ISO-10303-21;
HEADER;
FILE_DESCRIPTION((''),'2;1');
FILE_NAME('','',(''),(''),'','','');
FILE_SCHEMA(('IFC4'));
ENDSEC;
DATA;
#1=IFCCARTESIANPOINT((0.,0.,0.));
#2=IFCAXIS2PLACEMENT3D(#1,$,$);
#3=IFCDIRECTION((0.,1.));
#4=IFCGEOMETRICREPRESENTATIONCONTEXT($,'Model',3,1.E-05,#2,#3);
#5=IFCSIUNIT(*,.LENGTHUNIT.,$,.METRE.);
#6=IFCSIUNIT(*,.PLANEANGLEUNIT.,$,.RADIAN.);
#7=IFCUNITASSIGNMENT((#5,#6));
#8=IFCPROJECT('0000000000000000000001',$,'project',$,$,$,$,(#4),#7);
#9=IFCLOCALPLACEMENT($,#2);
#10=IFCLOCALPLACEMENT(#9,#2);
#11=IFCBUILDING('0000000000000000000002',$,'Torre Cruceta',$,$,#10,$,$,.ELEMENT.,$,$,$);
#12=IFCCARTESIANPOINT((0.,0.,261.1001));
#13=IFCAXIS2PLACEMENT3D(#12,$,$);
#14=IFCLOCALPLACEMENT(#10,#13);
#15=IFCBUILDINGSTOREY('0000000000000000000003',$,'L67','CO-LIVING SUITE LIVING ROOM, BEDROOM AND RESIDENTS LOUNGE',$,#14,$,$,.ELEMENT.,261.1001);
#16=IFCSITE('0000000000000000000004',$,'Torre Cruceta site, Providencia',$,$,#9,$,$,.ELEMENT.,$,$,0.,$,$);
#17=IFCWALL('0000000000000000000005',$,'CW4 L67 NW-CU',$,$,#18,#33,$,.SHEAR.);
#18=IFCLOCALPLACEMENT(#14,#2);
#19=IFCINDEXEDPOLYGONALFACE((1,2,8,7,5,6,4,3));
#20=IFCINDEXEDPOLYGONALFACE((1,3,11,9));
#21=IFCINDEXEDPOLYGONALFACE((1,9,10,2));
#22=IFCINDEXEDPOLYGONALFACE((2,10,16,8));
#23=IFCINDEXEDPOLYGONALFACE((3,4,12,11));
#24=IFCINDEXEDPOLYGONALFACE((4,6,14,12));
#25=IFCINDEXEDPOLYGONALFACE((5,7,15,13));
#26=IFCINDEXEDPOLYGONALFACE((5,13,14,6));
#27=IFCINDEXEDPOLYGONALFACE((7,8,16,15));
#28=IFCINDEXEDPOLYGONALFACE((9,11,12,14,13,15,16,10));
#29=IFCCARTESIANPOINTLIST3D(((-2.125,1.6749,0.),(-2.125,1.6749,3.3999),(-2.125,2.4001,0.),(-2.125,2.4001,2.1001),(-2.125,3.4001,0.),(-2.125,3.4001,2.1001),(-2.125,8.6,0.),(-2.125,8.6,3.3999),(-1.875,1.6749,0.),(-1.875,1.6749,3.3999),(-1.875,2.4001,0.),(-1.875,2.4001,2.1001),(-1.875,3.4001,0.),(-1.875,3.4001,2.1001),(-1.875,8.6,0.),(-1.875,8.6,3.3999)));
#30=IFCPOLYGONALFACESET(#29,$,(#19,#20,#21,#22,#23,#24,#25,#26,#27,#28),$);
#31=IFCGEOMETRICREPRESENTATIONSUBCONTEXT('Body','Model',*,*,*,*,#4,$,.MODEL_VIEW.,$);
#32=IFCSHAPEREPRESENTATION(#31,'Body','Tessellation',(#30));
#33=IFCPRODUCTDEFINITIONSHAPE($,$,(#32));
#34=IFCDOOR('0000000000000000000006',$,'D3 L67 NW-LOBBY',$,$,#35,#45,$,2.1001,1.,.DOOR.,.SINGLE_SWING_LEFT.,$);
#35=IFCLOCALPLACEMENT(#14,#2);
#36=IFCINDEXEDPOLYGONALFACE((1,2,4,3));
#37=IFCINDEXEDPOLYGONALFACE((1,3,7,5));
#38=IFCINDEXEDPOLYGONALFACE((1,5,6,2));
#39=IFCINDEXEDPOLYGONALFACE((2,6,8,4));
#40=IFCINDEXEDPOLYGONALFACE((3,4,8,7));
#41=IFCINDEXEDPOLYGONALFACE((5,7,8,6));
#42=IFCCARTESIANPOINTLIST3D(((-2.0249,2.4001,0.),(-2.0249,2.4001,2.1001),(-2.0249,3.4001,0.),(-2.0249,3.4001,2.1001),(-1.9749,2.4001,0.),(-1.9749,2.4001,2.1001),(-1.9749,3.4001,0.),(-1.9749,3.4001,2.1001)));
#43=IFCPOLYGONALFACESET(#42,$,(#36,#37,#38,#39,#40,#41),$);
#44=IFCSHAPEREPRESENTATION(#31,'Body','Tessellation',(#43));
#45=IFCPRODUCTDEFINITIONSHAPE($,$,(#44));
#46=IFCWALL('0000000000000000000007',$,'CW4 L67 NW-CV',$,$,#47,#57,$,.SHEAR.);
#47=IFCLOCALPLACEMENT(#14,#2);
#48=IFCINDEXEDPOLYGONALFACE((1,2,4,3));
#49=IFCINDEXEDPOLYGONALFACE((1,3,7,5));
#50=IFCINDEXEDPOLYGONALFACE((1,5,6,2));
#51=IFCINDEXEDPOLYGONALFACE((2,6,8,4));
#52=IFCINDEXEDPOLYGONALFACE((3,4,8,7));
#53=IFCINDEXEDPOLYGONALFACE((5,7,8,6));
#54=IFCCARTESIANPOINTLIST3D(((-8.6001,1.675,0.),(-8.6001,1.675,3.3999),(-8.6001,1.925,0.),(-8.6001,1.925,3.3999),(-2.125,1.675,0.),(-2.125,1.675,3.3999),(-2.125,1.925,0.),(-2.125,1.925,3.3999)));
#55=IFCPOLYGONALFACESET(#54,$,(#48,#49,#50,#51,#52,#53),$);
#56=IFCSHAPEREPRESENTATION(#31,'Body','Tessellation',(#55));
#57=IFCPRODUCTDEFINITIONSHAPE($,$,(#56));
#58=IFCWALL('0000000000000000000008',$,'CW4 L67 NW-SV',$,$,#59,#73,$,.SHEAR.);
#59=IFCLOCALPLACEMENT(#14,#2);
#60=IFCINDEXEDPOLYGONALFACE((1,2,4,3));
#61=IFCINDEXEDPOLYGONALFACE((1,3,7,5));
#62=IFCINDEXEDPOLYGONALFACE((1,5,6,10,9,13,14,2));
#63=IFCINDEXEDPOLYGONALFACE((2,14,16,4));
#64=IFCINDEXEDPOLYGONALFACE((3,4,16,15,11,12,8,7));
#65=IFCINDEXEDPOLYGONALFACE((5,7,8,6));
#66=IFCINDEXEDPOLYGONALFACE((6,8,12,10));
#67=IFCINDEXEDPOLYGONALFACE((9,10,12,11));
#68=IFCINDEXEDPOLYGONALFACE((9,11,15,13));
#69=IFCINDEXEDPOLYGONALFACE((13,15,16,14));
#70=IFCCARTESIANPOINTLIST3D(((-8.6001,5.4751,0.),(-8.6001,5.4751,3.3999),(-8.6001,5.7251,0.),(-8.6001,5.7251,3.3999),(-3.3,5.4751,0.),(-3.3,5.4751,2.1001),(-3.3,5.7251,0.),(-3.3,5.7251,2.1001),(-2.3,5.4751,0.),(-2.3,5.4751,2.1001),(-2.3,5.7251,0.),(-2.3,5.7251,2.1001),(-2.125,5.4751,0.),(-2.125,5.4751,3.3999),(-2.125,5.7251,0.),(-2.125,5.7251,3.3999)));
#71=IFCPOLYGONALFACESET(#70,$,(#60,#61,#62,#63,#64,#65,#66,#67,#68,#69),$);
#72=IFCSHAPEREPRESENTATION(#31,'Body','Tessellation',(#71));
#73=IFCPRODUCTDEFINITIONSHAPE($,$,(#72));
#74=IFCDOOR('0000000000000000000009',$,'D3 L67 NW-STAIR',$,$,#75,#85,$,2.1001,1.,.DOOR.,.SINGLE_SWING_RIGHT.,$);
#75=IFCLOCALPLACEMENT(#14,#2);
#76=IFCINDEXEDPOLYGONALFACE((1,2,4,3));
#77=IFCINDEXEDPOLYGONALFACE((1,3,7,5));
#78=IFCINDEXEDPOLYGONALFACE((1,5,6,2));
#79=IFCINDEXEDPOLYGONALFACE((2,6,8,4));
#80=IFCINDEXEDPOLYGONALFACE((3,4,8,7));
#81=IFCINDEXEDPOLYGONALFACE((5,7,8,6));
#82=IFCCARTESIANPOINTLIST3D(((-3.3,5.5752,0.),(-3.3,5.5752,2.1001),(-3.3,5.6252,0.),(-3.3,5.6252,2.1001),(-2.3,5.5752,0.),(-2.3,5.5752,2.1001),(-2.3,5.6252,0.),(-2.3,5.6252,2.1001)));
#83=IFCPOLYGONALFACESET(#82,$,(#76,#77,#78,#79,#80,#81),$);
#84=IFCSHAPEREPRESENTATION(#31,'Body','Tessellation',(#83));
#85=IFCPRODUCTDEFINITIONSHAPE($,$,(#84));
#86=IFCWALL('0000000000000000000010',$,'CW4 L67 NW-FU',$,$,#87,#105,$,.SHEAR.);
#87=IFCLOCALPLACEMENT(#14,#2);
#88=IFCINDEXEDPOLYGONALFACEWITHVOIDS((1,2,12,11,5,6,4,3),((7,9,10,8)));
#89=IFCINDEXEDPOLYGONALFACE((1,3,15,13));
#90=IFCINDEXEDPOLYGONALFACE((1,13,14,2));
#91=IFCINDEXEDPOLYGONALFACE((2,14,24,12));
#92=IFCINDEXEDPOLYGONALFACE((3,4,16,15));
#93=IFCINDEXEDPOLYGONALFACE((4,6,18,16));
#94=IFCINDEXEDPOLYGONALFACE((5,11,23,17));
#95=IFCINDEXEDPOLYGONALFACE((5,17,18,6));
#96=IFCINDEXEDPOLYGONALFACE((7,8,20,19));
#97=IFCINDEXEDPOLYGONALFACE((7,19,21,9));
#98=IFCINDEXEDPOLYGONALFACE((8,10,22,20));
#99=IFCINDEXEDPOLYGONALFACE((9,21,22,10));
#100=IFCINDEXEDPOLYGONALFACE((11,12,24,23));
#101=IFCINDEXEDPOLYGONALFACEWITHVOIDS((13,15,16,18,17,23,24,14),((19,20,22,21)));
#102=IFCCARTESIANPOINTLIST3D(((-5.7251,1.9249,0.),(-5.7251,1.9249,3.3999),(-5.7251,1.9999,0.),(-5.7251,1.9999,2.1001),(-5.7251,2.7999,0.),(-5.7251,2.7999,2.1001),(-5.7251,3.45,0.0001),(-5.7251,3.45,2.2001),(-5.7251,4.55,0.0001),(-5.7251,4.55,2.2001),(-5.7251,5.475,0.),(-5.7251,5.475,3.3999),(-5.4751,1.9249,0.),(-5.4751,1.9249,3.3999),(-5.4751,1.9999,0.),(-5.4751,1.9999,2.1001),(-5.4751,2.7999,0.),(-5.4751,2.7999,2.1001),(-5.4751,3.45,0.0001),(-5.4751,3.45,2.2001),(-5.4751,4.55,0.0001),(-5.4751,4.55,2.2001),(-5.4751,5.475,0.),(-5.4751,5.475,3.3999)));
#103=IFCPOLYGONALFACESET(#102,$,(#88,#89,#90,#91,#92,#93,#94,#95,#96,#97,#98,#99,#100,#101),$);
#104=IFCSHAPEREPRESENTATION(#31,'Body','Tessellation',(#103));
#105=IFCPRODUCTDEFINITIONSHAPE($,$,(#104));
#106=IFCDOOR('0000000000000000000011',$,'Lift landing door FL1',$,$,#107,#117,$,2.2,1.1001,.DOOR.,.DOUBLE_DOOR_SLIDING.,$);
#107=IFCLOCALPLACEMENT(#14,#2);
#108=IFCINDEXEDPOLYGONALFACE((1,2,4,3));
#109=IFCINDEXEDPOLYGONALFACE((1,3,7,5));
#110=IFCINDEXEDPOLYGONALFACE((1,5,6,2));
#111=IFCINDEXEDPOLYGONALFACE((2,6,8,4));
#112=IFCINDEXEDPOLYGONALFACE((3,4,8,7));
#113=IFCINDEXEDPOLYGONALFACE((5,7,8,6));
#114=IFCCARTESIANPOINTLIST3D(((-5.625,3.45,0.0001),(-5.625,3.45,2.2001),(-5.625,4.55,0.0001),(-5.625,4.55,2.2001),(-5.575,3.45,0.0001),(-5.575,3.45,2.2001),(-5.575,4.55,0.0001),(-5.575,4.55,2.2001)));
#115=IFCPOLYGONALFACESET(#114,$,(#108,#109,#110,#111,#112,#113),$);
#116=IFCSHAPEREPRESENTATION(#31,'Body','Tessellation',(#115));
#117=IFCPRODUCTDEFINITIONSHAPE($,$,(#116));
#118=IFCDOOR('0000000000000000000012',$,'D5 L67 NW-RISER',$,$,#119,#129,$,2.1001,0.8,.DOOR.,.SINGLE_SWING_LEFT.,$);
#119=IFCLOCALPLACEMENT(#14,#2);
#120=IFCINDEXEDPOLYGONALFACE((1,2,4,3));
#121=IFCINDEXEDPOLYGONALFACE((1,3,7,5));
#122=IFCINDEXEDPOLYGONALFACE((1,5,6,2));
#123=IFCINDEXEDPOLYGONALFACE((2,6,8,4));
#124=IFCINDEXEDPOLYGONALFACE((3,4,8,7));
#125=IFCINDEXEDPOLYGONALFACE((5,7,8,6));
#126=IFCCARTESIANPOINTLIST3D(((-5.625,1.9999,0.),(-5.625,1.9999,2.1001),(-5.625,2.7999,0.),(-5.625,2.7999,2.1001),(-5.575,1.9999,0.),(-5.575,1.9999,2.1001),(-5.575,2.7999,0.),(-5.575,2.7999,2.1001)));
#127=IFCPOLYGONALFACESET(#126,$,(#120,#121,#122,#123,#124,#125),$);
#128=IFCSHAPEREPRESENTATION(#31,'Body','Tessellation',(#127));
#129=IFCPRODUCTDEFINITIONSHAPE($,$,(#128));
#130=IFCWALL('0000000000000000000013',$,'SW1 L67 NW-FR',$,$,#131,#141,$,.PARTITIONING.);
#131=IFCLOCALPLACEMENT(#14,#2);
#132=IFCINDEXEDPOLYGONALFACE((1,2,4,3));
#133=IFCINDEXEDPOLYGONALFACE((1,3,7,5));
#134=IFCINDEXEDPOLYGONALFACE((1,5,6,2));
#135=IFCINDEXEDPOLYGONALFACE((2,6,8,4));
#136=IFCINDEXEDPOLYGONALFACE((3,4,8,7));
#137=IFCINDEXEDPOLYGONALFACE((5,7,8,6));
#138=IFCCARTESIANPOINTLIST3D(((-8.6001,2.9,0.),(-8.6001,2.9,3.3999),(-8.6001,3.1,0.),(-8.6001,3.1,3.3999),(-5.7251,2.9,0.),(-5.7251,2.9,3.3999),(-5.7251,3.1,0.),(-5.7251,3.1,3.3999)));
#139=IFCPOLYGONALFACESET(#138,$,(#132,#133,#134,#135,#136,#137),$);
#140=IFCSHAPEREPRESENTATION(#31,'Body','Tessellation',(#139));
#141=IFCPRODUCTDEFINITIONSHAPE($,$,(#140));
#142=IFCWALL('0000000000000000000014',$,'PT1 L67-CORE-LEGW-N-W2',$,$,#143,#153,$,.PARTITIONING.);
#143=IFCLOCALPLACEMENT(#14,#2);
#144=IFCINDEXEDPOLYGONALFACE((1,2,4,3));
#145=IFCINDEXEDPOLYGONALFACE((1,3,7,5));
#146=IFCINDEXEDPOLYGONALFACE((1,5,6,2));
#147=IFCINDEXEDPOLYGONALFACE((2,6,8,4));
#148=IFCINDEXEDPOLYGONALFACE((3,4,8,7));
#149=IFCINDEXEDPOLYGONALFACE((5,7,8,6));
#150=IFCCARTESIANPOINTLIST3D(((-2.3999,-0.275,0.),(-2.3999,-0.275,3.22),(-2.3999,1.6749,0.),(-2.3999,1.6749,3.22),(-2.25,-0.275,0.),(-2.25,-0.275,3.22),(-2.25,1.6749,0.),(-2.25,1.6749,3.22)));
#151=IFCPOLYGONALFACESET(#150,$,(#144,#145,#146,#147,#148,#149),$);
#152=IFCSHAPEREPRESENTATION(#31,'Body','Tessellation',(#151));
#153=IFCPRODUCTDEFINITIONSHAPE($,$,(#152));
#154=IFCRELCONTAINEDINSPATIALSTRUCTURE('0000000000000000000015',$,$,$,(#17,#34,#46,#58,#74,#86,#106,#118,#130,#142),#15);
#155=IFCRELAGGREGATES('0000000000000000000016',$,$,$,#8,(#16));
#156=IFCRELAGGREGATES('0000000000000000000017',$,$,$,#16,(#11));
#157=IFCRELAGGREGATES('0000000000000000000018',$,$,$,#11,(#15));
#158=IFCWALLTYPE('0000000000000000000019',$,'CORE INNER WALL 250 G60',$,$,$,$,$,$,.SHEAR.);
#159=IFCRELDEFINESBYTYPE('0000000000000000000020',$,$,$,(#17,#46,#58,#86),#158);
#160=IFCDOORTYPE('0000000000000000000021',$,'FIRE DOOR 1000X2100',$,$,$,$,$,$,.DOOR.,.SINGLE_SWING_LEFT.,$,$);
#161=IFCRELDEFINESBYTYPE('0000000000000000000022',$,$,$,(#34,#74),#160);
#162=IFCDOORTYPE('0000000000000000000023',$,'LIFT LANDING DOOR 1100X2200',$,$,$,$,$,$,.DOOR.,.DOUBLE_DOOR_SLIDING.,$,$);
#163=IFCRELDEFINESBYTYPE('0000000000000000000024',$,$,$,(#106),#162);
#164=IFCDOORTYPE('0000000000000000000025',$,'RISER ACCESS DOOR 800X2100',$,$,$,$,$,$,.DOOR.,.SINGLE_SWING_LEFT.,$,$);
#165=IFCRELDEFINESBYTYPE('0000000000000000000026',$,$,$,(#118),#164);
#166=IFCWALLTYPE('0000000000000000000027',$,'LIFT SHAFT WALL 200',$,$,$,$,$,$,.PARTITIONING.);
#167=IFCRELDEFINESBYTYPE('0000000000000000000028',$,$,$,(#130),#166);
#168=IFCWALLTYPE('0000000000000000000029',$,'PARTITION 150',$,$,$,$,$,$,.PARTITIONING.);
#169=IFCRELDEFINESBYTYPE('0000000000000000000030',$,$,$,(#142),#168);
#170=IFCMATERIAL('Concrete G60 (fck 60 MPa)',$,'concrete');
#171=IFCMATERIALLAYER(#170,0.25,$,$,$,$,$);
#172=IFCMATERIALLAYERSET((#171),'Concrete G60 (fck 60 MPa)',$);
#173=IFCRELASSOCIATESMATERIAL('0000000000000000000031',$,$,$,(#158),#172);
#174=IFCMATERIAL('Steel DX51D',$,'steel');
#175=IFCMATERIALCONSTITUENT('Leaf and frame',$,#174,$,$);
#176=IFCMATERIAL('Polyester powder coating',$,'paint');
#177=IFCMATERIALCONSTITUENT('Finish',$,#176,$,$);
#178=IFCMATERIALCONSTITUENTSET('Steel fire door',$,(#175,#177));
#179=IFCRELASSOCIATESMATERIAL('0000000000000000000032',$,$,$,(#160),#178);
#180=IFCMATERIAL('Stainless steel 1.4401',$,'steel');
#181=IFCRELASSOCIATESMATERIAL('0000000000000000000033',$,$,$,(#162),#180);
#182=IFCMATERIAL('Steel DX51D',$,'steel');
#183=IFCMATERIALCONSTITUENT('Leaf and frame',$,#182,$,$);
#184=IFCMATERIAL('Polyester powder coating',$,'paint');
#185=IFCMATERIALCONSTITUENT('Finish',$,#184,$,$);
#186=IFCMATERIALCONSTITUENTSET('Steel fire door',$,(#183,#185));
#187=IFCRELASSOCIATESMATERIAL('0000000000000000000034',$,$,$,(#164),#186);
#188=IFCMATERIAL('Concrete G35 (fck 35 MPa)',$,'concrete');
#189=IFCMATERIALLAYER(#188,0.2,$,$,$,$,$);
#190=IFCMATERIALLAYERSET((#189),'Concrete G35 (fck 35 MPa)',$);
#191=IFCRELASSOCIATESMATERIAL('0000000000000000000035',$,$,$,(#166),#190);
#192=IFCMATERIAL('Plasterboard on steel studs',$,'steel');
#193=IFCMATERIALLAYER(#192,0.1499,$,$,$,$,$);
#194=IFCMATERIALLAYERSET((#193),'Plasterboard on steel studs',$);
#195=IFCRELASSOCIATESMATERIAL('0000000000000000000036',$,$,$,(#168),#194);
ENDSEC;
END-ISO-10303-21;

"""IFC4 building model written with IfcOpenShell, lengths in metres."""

from ifc_helpers import new_model, si_unit, direction, frame, frame_2d, origin, place, context, subcontext, project, spatial, rectangle, extrude, material, layer, layer_set, constituent, constituent_set, type_object, element, fill, save


model = new_model("IFC4")

# Units and contexts
model_context = context("Model", 3, precision=1e-05, world=origin(), true_north=direction((0.0, 1.0)))
body_context = subcontext(model_context, "Body", "Model", "MODEL_VIEW")
ifc_project = project(units=[si_unit("LENGTHUNIT", "METRE"), si_unit("PLANEANGLEUNIT", "RADIAN")], contexts=[model_context])

# Site, building, storey
site_placement = place(None, origin())
site = spatial("IfcSite", under=ifc_project, at=site_placement, Name="Torre Cruceta site, Providencia", CompositionType="ELEMENT", RefElevation=0.0)
building_placement = place(site_placement, origin())
building = spatial("IfcBuilding", under=site, at=building_placement, Name="Torre Cruceta", CompositionType="ELEMENT")
storey_placement = place(building_placement, frame((0.0, 0.0, 261.1001)))
storey = spatial("IfcBuildingStorey", under=building, at=storey_placement, Name="L67", Description="CO-LIVING SUITE LIVING ROOM, BEDROOM AND RESIDENTS LOUNGE", CompositionType="ELEMENT", Elevation=261.1001)

# Wall, opening, door
ifc_material_1 = material(Name="Concrete G60 (fck 60 MPa)", Category="concrete")
ifc_layer_1 = layer(ifc_material_1, 0.25)
ifc_layer_set_1 = layer_set([ifc_layer_1], Name="Concrete G60 (fck 60 MPa)")
wall_type_1 = type_object("IfcWallType", Name="CORE INNER WALL 250 G60", PredefinedType="SHEAR", material=ifc_layer_set_1)
wall_1_placement = place(storey_placement, frame((-2.0, 1.675, 0.0), z_axis=(0.0, 0.0, 1.0), x_axis=(0.0, 1.0, 0.0)))
wall_1 = element("IfcWall", 1, at=wall_1_placement, inside=storey, type_object=wall_type_1, Name="CW4 L67 NW-CU", PredefinedType="SHEAR", context=body_context, shape_type="SweptSolid", body=[
    extrude(rectangle(XDim=6.925, YDim=0.25, at=frame_2d((3.4624, 0.0))), origin(), (0.0, 0.0, 1.0), 3.3999),
])
opening_1_placement = place(wall_1_placement, frame((0.7251, 0.0, 0.0)))
opening_1 = element("IfcOpeningElement", 2, at=opening_1_placement, cuts=wall_1, PredefinedType="OPENING", context=body_context, shape_type="SweptSolid", body=[
    extrude(rectangle(XDim=1.0, YDim=2.1001, at=frame_2d((0.5, 1.05))), frame((0.0, 0.135, 0.0), z_axis=(0.0, -1.0, 0.0), x_axis=(1.0, 0.0, 0.0)), (0.0, 0.0, 1.0), 0.27),
])
ifc_material_2 = material(Name="Steel DX51D", Category="steel")
ifc_constituent_1 = constituent(ifc_material_2, Name="Leaf and frame")
ifc_material_3 = material(Name="Polyester powder coating", Category="paint")
ifc_constituent_2 = constituent(ifc_material_3, Name="Finish")
ifc_constituent_set_1 = constituent_set(constituents=[ifc_constituent_1, ifc_constituent_2], Name="Steel fire door")
door_type_1 = type_object("IfcDoorType", Name="FIRE DOOR 1000X2100", OperationType="SINGLE_SWING_LEFT", PredefinedType="DOOR", material=ifc_constituent_set_1)
door_1_placement = place(opening_1_placement, origin())
door_1 = element("IfcDoor", 3, at=door_1_placement, inside=storey, type_object=door_type_1, Name="D3 L67 NW-LOBBY", OperationType="SINGLE_SWING_LEFT", OverallHeight=2.1001, OverallWidth=1.0, PredefinedType="DOOR", context=body_context, shape_type="SweptSolid", body=[
    extrude(rectangle(XDim=1.0, YDim=2.1001, at=frame_2d((0.5, 1.05))), frame((0.0, 0.0249, 0.0), z_axis=(0.0, -1.0, 0.0), x_axis=(1.0, 0.0, 0.0)), (0.0, 0.0, 1.0), 0.05),
])
fill(opening_1, door_1)

# Wall
wall_2_placement = place(storey_placement, frame((-2.125, 1.8, 0.0), z_axis=(0.0, 0.0, 1.0), x_axis=(-1.0, 0.0, 0.0)))
element("IfcWall", 4, at=wall_2_placement, inside=storey, type_object=wall_type_1, Name="CW4 L67 NW-CV", PredefinedType="SHEAR", context=body_context, shape_type="SweptSolid", body=[
    extrude(rectangle(XDim=6.4751, YDim=0.25, at=frame_2d((3.2375, 0.0))), origin(), (0.0, 0.0, 1.0), 3.3999),
])

# Wall, opening, door
wall_3_placement = place(storey_placement, frame((-2.125, 5.6001, 0.0), z_axis=(0.0, 0.0, 1.0), x_axis=(-1.0, 0.0, 0.0)))
wall_3 = element("IfcWall", 5, at=wall_3_placement, inside=storey, type_object=wall_type_1, Name="CW4 L67 NW-SV", PredefinedType="SHEAR", context=body_context, shape_type="SweptSolid", body=[
    extrude(rectangle(XDim=6.4751, YDim=0.25, at=frame_2d((3.2375, 0.0))), origin(), (0.0, 0.0, 1.0), 3.3999),
])
opening_2_placement = place(wall_3_placement, frame((0.175, 0.0, 0.0)))
opening_2 = element("IfcOpeningElement", 6, at=opening_2_placement, cuts=wall_3, PredefinedType="OPENING", context=body_context, shape_type="SweptSolid", body=[
    extrude(rectangle(XDim=1.0, YDim=2.1001, at=frame_2d((0.5, 1.05))), frame((0.0, 0.135, 0.0), z_axis=(0.0, -1.0, 0.0), x_axis=(1.0, 0.0, 0.0)), (0.0, 0.0, 1.0), 0.27),
])
door_2_placement = place(opening_2_placement, frame((1.0, 0.0, 0.0), z_axis=(0.0, 0.0, 1.0), x_axis=(-1.0, 0.0, 0.0)))
door_2 = element("IfcDoor", 7, at=door_2_placement, inside=storey, type_object=door_type_1, Name="D3 L67 NW-STAIR", OperationType="SINGLE_SWING_RIGHT", OverallHeight=2.1001, OverallWidth=1.0, PredefinedType="DOOR", context=body_context, shape_type="SweptSolid", body=[
    extrude(rectangle(XDim=1.0, YDim=2.1001, at=frame_2d((0.5, 1.05))), frame((0.0, 0.0251, 0.0), z_axis=(0.0, -1.0, 0.0), x_axis=(1.0, 0.0, 0.0)), (0.0, 0.0, 1.0), 0.05),
])
fill(opening_2, door_2)

# Wall, openings, doors
wall_4_placement = place(storey_placement, frame((-5.6001, 1.925, 0.0), z_axis=(0.0, 0.0, 1.0), x_axis=(0.0, 1.0, 0.0)))
wall_4 = element("IfcWall", 8, at=wall_4_placement, inside=storey, type_object=wall_type_1, Name="CW4 L67 NW-FU", PredefinedType="SHEAR", context=body_context, shape_type="SweptSolid", body=[
    extrude(rectangle(XDim=3.55, YDim=0.25, at=frame_2d((1.7749, 0.0))), origin(), (0.0, 0.0, 1.0), 3.3999),
])
opening_3_placement = place(wall_4_placement, frame((1.5249, 0.0, 0.0)))
opening_3 = element("IfcOpeningElement", 9, at=opening_3_placement, cuts=wall_4, PredefinedType="OPENING", context=body_context, shape_type="SweptSolid", body=[
    extrude(rectangle(XDim=1.1001, YDim=2.2, at=frame_2d((0.55, 1.1001))), frame((0.0, 0.135, 0.0), z_axis=(0.0, -1.0, 0.0), x_axis=(1.0, 0.0, 0.0)), (0.0, 0.0, 1.0), 0.27),
])
opening_4_placement = place(wall_4_placement, frame((0.075, 0.0, 0.0)))
opening_4 = element("IfcOpeningElement", 10, at=opening_4_placement, cuts=wall_4, PredefinedType="OPENING", context=body_context, shape_type="SweptSolid", body=[
    extrude(rectangle(XDim=0.8, YDim=2.1001, at=frame_2d((0.3999, 1.05))), frame((0.0, 0.135, 0.0), z_axis=(0.0, -1.0, 0.0), x_axis=(1.0, 0.0, 0.0)), (0.0, 0.0, 1.0), 0.27),
])
ifc_material_4 = material(Name="Stainless steel 1.4401", Category="steel")
door_type_2 = type_object("IfcDoorType", Name="LIFT LANDING DOOR 1100X2200", OperationType="DOUBLE_DOOR_SLIDING", PredefinedType="DOOR", material=ifc_material_4)
door_3_placement = place(opening_3_placement, origin())
door_3 = element("IfcDoor", 11, at=door_3_placement, inside=storey, type_object=door_type_2, Name="Lift landing door FL1", OperationType="DOUBLE_DOOR_SLIDING", OverallHeight=2.2, OverallWidth=1.1001, PredefinedType="DOOR", context=body_context, shape_type="SweptSolid", body=[
    extrude(rectangle(XDim=1.1001, YDim=2.2, at=frame_2d((0.55, 1.1001))), frame((0.0, 0.0249, 0.0), z_axis=(0.0, -1.0, 0.0), x_axis=(1.0, 0.0, 0.0)), (0.0, 0.0, 1.0), 0.05),
])
fill(opening_3, door_3)
ifc_material_5 = material(Name="Steel DX51D", Category="steel")
ifc_constituent_3 = constituent(ifc_material_5, Name="Leaf and frame")
ifc_material_6 = material(Name="Polyester powder coating", Category="paint")
ifc_constituent_4 = constituent(ifc_material_6, Name="Finish")
ifc_constituent_set_2 = constituent_set(constituents=[ifc_constituent_3, ifc_constituent_4], Name="Steel fire door")
door_type_3 = type_object("IfcDoorType", Name="RISER ACCESS DOOR 800X2100", OperationType="SINGLE_SWING_LEFT", PredefinedType="DOOR", material=ifc_constituent_set_2)
door_4_placement = place(opening_4_placement, origin())
door_4 = element("IfcDoor", 12, at=door_4_placement, inside=storey, type_object=door_type_3, Name="D5 L67 NW-RISER", OperationType="SINGLE_SWING_LEFT", OverallHeight=2.1001, OverallWidth=0.8, PredefinedType="DOOR", context=body_context, shape_type="SweptSolid", body=[
    extrude(rectangle(XDim=0.8, YDim=2.1001, at=frame_2d((0.3999, 1.05))), frame((0.0, 0.0249, 0.0), z_axis=(0.0, -1.0, 0.0), x_axis=(1.0, 0.0, 0.0)), (0.0, 0.0, 1.0), 0.05),
])
fill(opening_4, door_4)

# Walls
ifc_material_7 = material(Name="Concrete G35 (fck 35 MPa)", Category="concrete")
ifc_layer_2 = layer(ifc_material_7, 0.2)
ifc_layer_set_2 = layer_set([ifc_layer_2], Name="Concrete G35 (fck 35 MPa)")
wall_type_2 = type_object("IfcWallType", Name="LIFT SHAFT WALL 200", PredefinedType="PARTITIONING", material=ifc_layer_set_2)
wall_5_placement = place(storey_placement, frame((-5.7251, 3.0, 0.0), z_axis=(0.0, 0.0, 1.0), x_axis=(-1.0, 0.0, 0.0)))
element("IfcWall", 13, at=wall_5_placement, inside=storey, type_object=wall_type_2, Name="SW1 L67 NW-FR", PredefinedType="PARTITIONING", context=body_context, shape_type="SweptSolid", body=[
    extrude(rectangle(XDim=2.875, YDim=0.2, at=frame_2d((1.4375, 0.0))), origin(), (0.0, 0.0, 1.0), 3.3999),
])
ifc_material_8 = material(Name="Plasterboard on steel studs", Category="steel")
ifc_layer_3 = layer(ifc_material_8, 0.1499)
ifc_layer_set_3 = layer_set([ifc_layer_3], Name="Plasterboard on steel studs")
wall_type_3 = type_object("IfcWallType", Name="PARTITION 150", PredefinedType="PARTITIONING", material=ifc_layer_set_3)
wall_6_placement = place(storey_placement, frame((-2.325, 1.675, 0.0), z_axis=(0.0, 0.0, 1.0), x_axis=(0.0, -1.0, 0.0)))
element("IfcWall", 14, at=wall_6_placement, inside=storey, type_object=wall_type_3, Name="PT1 L67-CORE-LEGW-N-W2", PredefinedType="PARTITIONING", context=body_context, shape_type="SweptSolid", body=[
    extrude(rectangle(XDim=1.95, YDim=0.1499, at=frame_2d((0.9751, 0.0))), origin(), (0.0, 0.0, 1.0), 3.22),
])

save(model, "model.ifc")
